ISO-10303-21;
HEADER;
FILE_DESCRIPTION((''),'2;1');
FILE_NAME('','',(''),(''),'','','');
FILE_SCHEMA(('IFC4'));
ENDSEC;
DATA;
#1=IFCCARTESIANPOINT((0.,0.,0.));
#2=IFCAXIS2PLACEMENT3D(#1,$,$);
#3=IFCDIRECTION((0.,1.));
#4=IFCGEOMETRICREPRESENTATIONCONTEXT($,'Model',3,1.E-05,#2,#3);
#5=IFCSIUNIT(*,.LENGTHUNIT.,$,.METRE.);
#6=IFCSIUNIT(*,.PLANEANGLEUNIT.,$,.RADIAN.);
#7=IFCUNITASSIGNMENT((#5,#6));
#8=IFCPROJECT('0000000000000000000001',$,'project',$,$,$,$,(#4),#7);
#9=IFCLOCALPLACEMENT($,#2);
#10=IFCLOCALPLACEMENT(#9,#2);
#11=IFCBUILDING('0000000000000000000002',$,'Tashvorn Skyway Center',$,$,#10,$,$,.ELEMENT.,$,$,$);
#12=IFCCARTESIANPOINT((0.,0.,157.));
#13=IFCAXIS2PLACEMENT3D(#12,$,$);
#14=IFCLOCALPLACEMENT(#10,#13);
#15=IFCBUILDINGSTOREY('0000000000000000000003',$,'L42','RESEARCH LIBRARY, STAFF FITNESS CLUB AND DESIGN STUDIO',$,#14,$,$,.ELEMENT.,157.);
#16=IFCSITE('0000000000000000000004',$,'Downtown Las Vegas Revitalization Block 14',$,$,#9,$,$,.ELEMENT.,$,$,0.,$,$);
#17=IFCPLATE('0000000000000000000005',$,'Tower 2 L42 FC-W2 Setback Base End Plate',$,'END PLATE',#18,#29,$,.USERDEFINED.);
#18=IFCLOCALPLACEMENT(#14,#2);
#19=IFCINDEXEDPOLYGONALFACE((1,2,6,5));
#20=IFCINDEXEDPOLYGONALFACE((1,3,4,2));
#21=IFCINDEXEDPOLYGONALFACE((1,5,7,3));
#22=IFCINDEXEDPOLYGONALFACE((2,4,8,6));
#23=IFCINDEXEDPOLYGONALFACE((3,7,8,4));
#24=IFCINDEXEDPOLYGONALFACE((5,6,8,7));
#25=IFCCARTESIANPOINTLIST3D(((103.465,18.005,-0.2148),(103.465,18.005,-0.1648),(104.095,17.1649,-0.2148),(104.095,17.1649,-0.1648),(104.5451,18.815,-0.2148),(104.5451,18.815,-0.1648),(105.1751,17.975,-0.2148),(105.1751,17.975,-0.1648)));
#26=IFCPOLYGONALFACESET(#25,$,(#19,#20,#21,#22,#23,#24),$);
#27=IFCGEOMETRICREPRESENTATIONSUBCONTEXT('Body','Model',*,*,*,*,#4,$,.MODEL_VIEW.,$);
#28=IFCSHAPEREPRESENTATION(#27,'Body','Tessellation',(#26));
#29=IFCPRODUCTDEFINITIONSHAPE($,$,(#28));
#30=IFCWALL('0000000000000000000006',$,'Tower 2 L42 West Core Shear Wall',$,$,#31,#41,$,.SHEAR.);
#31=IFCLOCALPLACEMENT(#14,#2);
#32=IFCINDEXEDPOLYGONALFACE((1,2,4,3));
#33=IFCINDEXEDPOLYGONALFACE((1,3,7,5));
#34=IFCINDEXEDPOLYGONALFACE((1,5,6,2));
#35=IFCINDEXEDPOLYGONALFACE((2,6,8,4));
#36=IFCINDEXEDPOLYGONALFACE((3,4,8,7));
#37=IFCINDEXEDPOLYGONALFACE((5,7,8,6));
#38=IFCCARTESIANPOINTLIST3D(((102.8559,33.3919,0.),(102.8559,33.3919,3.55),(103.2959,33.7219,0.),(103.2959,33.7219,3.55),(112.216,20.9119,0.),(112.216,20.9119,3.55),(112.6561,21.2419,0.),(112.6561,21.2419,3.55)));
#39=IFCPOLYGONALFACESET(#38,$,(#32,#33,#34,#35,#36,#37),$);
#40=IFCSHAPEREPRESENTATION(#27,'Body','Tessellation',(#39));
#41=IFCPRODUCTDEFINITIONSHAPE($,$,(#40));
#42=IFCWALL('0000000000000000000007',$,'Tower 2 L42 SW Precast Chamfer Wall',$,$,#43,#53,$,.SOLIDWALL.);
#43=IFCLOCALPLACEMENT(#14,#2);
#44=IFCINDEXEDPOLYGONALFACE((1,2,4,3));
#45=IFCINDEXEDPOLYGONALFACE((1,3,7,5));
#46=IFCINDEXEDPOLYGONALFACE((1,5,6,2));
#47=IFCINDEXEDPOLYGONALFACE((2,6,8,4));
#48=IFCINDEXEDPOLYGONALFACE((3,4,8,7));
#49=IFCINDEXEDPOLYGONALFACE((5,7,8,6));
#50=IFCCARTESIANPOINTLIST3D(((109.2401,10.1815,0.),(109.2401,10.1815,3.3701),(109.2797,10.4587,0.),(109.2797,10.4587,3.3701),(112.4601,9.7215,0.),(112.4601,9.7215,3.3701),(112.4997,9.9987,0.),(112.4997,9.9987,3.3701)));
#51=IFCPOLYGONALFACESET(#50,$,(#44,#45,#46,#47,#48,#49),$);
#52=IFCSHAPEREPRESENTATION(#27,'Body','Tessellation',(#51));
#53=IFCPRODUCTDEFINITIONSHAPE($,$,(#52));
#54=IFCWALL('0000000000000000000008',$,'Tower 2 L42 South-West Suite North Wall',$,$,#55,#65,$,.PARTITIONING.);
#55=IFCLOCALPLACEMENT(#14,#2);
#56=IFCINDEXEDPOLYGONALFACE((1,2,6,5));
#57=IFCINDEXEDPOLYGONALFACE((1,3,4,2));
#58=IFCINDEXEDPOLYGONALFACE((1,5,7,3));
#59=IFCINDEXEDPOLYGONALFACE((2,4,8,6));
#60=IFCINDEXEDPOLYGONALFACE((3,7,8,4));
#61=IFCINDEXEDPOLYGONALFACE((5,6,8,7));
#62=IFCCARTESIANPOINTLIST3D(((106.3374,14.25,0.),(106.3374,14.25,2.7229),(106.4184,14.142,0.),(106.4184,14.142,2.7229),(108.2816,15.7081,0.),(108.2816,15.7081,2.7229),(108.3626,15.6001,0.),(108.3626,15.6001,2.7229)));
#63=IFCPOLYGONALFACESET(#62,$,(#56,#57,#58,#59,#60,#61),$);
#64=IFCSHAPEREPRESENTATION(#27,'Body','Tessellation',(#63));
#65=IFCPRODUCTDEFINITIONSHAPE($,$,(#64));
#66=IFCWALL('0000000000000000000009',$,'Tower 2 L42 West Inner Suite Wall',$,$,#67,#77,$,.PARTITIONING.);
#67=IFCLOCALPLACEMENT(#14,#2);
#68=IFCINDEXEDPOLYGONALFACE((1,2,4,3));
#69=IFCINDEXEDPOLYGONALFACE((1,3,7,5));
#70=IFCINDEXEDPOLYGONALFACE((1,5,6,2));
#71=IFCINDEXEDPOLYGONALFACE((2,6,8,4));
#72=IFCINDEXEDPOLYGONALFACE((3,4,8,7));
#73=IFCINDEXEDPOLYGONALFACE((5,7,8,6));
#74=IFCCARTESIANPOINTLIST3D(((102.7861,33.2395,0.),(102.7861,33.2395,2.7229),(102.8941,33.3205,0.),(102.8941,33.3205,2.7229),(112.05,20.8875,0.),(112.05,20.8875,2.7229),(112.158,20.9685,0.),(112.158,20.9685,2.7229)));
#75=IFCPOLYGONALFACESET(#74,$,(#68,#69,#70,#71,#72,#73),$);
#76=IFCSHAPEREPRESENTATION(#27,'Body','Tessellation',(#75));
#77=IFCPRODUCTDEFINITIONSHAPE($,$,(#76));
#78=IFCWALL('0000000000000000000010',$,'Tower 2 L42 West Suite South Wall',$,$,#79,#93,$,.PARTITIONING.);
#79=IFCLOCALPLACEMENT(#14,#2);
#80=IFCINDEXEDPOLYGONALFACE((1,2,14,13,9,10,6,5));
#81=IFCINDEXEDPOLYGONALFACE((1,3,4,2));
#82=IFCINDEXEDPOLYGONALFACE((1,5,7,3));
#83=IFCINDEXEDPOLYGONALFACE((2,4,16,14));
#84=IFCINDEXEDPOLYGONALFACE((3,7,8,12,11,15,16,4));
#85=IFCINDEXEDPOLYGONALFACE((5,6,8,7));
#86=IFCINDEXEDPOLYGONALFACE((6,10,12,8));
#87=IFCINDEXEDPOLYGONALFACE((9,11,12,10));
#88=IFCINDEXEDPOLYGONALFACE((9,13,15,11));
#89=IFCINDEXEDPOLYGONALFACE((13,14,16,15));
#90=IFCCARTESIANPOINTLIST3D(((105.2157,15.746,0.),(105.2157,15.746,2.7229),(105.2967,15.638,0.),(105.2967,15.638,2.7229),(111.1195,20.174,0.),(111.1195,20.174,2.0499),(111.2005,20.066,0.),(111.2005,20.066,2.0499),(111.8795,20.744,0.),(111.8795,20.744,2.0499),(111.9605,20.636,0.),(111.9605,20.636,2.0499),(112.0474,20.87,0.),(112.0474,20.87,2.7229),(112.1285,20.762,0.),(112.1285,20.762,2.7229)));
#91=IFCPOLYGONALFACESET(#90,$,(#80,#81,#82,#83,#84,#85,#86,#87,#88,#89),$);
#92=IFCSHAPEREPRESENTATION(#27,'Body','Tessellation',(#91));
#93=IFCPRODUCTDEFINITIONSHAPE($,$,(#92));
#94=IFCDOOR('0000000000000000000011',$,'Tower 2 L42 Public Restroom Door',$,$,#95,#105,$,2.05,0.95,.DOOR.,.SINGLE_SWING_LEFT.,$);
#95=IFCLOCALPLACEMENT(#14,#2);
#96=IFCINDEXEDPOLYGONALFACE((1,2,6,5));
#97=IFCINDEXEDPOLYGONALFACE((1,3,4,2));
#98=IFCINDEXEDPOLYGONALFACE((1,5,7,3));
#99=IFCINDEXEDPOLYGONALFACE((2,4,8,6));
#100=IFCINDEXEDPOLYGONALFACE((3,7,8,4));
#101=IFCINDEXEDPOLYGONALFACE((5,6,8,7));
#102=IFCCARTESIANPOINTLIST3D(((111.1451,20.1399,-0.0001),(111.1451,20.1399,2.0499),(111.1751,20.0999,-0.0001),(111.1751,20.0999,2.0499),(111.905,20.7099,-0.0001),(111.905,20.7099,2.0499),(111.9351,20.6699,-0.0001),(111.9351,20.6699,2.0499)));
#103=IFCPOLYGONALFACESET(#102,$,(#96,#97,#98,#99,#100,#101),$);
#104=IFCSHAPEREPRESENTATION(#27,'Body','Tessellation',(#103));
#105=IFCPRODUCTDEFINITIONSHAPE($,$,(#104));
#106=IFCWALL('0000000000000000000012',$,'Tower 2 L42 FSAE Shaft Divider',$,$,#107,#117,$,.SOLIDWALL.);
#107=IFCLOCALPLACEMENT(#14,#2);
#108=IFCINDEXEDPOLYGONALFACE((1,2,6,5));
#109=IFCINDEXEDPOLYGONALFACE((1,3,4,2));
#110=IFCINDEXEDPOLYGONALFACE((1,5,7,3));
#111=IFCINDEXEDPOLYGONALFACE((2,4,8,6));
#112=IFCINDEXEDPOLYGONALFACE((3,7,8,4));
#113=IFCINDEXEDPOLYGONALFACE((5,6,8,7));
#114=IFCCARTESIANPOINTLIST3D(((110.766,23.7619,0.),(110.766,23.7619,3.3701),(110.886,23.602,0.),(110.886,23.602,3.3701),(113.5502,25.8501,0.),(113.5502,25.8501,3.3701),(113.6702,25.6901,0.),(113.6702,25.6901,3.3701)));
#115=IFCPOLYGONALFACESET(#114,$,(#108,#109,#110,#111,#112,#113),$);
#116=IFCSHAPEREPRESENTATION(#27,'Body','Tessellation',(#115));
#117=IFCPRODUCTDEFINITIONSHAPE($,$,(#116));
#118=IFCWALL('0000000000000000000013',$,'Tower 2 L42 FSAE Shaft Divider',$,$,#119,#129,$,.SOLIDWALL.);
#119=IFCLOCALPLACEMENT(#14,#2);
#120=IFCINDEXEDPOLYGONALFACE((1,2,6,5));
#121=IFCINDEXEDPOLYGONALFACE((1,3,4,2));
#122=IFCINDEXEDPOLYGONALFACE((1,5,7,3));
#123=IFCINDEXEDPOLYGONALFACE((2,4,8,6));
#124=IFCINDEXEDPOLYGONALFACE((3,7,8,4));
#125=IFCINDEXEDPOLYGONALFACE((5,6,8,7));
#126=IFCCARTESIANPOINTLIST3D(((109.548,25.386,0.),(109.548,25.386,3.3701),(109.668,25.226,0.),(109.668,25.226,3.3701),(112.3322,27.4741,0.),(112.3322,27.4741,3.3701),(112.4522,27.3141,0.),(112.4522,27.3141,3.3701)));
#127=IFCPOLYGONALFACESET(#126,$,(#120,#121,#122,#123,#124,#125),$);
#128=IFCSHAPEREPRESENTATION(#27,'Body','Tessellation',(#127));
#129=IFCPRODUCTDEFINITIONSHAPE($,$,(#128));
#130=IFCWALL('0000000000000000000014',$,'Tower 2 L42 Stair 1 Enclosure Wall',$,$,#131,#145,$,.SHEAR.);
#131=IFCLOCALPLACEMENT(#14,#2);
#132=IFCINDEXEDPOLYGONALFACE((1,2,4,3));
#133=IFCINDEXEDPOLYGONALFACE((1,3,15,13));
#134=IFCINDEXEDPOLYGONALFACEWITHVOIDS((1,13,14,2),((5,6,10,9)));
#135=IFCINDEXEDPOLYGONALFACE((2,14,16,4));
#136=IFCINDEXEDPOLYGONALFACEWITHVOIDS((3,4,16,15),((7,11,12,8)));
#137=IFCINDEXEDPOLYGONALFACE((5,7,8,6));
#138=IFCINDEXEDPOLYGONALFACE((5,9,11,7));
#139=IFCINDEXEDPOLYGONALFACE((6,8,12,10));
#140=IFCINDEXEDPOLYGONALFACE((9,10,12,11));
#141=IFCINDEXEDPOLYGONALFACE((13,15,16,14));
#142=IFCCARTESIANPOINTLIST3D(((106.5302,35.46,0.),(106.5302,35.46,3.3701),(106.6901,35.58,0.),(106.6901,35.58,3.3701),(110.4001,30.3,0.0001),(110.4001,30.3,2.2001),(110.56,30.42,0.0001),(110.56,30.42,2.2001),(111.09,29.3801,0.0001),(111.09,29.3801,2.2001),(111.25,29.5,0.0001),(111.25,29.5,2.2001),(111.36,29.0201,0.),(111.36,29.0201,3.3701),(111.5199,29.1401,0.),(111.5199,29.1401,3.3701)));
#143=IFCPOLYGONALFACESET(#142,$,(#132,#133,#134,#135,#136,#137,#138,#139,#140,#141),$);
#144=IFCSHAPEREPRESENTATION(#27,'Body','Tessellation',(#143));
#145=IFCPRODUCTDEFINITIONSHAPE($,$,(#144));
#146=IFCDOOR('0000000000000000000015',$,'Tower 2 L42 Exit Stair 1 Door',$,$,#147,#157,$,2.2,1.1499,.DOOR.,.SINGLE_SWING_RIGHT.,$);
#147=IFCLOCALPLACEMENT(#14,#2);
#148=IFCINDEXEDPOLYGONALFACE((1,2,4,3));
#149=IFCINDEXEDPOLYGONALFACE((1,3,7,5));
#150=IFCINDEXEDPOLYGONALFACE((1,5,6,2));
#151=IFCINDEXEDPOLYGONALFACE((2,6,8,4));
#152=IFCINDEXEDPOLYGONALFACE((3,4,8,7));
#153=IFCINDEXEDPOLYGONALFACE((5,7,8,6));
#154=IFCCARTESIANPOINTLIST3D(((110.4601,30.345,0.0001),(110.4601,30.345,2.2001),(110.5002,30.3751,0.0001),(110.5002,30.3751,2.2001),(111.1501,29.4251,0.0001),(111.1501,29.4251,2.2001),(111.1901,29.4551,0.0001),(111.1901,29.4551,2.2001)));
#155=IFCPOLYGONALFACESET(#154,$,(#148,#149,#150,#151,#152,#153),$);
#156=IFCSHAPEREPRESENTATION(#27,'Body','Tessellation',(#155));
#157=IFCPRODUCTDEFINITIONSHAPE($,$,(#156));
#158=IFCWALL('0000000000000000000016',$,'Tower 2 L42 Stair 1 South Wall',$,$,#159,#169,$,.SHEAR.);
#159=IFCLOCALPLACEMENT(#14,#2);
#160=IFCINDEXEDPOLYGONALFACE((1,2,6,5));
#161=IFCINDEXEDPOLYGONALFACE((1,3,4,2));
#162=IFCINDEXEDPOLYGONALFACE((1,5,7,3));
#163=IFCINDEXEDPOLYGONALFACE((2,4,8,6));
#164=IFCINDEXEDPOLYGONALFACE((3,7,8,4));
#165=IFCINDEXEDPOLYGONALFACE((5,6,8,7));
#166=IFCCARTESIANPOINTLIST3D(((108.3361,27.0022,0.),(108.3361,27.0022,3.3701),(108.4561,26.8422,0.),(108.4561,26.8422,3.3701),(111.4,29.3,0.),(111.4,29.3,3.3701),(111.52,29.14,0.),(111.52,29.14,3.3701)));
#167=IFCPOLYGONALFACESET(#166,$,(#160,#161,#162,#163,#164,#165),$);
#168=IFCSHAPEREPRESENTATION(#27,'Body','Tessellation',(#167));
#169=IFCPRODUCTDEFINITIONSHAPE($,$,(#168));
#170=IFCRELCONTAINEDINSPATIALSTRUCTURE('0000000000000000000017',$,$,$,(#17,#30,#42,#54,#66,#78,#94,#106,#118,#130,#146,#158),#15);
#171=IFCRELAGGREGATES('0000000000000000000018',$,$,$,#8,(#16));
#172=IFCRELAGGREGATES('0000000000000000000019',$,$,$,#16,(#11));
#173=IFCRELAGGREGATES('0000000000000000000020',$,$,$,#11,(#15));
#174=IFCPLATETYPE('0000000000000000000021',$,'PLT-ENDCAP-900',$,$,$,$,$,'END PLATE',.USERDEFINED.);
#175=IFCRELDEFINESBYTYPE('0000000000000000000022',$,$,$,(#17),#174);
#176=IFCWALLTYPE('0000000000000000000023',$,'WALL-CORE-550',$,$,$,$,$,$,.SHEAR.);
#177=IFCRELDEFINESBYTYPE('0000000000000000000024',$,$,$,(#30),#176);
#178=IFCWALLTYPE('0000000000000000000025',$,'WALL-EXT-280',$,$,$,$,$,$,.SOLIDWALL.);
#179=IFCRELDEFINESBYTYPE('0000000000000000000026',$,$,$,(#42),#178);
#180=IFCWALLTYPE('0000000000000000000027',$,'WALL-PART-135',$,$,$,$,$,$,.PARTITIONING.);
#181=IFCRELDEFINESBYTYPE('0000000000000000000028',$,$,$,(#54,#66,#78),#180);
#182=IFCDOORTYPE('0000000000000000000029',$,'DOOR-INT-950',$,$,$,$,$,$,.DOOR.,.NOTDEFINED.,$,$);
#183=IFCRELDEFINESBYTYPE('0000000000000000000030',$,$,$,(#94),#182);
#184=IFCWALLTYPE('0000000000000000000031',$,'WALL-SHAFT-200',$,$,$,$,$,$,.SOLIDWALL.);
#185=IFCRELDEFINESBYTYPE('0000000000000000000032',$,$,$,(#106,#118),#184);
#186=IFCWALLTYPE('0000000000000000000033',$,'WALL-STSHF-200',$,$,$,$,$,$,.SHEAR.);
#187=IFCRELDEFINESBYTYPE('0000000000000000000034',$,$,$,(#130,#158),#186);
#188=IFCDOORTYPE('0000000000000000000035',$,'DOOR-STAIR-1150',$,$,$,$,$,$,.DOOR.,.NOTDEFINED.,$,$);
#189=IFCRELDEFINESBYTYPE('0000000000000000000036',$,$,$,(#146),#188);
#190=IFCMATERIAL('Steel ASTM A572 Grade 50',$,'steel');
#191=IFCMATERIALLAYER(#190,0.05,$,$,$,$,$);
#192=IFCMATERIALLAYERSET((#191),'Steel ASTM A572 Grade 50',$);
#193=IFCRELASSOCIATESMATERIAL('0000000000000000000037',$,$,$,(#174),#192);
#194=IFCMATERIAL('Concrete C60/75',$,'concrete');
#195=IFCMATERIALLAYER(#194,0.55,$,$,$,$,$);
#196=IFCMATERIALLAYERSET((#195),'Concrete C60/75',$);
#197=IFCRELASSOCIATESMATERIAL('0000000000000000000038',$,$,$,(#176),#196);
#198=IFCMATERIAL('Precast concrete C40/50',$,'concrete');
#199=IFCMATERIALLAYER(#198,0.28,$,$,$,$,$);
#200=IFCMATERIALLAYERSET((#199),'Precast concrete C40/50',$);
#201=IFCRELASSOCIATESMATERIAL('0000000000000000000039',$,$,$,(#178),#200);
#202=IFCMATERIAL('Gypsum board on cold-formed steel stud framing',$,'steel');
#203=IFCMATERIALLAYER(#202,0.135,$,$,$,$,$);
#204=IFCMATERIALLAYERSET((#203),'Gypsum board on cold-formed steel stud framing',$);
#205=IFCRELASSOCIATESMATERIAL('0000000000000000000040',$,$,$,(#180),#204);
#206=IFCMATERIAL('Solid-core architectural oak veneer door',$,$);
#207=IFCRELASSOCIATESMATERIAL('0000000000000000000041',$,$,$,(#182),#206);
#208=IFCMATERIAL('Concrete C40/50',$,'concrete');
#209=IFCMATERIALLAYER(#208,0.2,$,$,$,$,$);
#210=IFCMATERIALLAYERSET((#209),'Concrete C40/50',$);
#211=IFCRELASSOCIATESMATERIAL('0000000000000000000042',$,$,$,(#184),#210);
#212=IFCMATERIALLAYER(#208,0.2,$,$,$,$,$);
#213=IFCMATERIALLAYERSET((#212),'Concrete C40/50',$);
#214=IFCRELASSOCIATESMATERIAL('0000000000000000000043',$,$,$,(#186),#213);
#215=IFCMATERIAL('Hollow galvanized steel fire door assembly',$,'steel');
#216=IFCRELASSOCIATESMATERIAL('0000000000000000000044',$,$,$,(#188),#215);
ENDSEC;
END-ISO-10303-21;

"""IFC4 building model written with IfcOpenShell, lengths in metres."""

from ifc_helpers import new_model, si_unit, direction, frame, frame_2d, origin, origin_2d, place, context, subcontext, project, spatial, rectangle, extrude, material, layer, layer_set, type_object, element, fill, save


model = new_model("IFC4")

# Units and contexts
model_context = context("Model", 3, precision=1e-05, world=origin(), true_north=direction((0.0, 1.0)))
body_context = subcontext(model_context, "Body", "Model", "MODEL_VIEW")
ifc_project = project(units=[si_unit("LENGTHUNIT", "METRE"), si_unit("PLANEANGLEUNIT", "RADIAN")], contexts=[model_context])

# Site, building, storey
site_placement = place(None, origin())
site = spatial("IfcSite", under=ifc_project, at=site_placement, Name="Downtown Las Vegas Revitalization Block 14", CompositionType="ELEMENT", RefElevation=0.0)
building_placement = place(site_placement, origin())
building = spatial("IfcBuilding", under=site, at=building_placement, Name="Tashvorn Skyway Center", CompositionType="ELEMENT")
storey_placement = place(building_placement, frame((0.0, 0.0, 157.0)))
storey = spatial("IfcBuildingStorey", under=building, at=storey_placement, Name="L42", Description="RESEARCH LIBRARY, STAFF FITNESS CLUB AND DESIGN STUDIO", CompositionType="ELEMENT", Elevation=157.0)

# Shared definitions
ifc_material_1 = material(Name="Steel ASTM A572 Grade 50", Category="steel")

# Shared definitions
ifc_material_2 = material(Name="Concrete C60/75", Category="concrete")

# Plate
ifc_layer_1 = layer(ifc_material_1, 0.05)
ifc_layer_set_1 = layer_set([ifc_layer_1], Name="Steel ASTM A572 Grade 50")
plate_type_1 = type_object("IfcPlateType", Name="PLT-ENDCAP-900", ElementType="END PLATE", PredefinedType="USERDEFINED", material=ifc_layer_set_1)
plate_1_placement = place(storey_placement, frame((104.3201, 17.99, -0.2148), z_axis=(0.0, 0.0, 1.0), x_axis=(0.8, 0.6, 0.0)))
element("IfcPlate", 1, at=plate_1_placement, inside=storey, type_object=plate_type_1, Name="Tower 2 L42 FC-W2 Setback Base End Plate", ObjectType="END PLATE", PredefinedType="USERDEFINED", context=body_context, shape_type="SweptSolid", body=[
    extrude(rectangle(XDim=1.3501, YDim=1.05, at=origin_2d()), origin(), (0.0, 0.0, 1.0), 0.05),
])

# Walls
ifc_layer_2 = layer(ifc_material_2, 0.55)
ifc_layer_set_2 = layer_set([ifc_layer_2], Name="Concrete C60/75")
wall_type_1 = type_object("IfcWallType", Name="WALL-CORE-550", PredefinedType="SHEAR", material=ifc_layer_set_2)
wall_1_placement = place(storey_placement, frame((112.436, 21.0769, 0.0), z_axis=(0.0, 0.0, 1.0), x_axis=(-0.600005, 0.799996, 0.0)))
element("IfcWall", 2, at=wall_1_placement, inside=storey, type_object=wall_type_1, Name="Tower 2 L42 West Core Shear Wall", PredefinedType="SHEAR", context=body_context, shape_type="SweptSolid", body=[
    extrude(rectangle(XDim=15.6001, YDim=0.55, at=frame_2d((7.8, 0.0))), origin(), (0.0, 0.0, 1.0), 3.55),
])
ifc_material_3 = material(Name="Precast concrete C40/50", Category="concrete")
ifc_layer_3 = layer(ifc_material_3, 0.28)
ifc_layer_set_3 = layer_set([ifc_layer_3], Name="Precast concrete C40/50")
wall_type_2 = type_object("IfcWallType", Name="WALL-EXT-280", PredefinedType="SOLIDWALL", material=ifc_layer_set_3)
wall_2_placement = place(storey_placement, frame((112.48, 9.8601, 0.0), z_axis=(0.0, 0.0, 1.0), x_axis=(-0.989951, 0.141411, 0.0)))
element("IfcWall", 3, at=wall_2_placement, inside=storey, type_object=wall_type_2, Name="Tower 2 L42 SW Precast Chamfer Wall", PredefinedType="SOLIDWALL", context=body_context, shape_type="SweptSolid", body=[
    extrude(rectangle(XDim=3.2527, YDim=0.28, at=frame_2d((1.6265, 0.0))), origin(), (0.0, 0.0, 1.0), 3.3701),
])
ifc_material_4 = material(Name="Gypsum board on cold-formed steel stud framing", Category="steel")
ifc_layer_4 = layer(ifc_material_4, 0.135)
ifc_layer_set_4 = layer_set([ifc_layer_4], Name="Gypsum board on cold-formed steel stud framing")
wall_type_3 = type_object("IfcWallType", Name="WALL-PART-135", PredefinedType="PARTITIONING", material=ifc_layer_set_4)
wall_3_placement = place(storey_placement, frame((106.3779, 14.196, 0.0), z_axis=(0.0, 0.0, 1.0), x_axis=(0.800012, 0.599984, 0.0)))
element("IfcWall", 4, at=wall_3_placement, inside=storey, type_object=wall_type_3, Name="Tower 2 L42 South-West Suite North Wall", PredefinedType="PARTITIONING", context=body_context, shape_type="SweptSolid", body=[
    extrude(rectangle(XDim=2.4302, YDim=0.135, at=frame_2d((1.2151, 0.0))), origin(), (0.0, 0.0, 1.0), 2.7229),
])
wall_4_placement = place(storey_placement, frame((112.104, 20.928, 0.0), z_axis=(0.0, 0.0, 1.0), x_axis=(-0.599995, 0.800004, 0.0)))
element("IfcWall", 5, at=wall_4_placement, inside=storey, type_object=wall_type_3, Name="Tower 2 L42 West Inner Suite Wall", PredefinedType="PARTITIONING", context=body_context, shape_type="SweptSolid", body=[
    extrude(rectangle(XDim=15.4399, YDim=0.135, at=frame_2d((7.72, 0.0))), origin(), (0.0, 0.0, 1.0), 2.7229),
])

# Wall, opening, door
wall_5_placement = place(storey_placement, frame((105.2561, 15.6919, 0.0), z_axis=(0.0, 0.0, 1.0), x_axis=(0.79999, 0.600014, 0.0)))
wall_5 = element("IfcWall", 6, at=wall_5_placement, inside=storey, type_object=wall_type_3, Name="Tower 2 L42 West Suite South Wall", PredefinedType="PARTITIONING", context=body_context, shape_type="SweptSolid", body=[
    extrude(rectangle(XDim=8.5398, YDim=0.135, at=frame_2d((4.27, 0.0))), origin(), (0.0, 0.0, 1.0), 2.7229),
])
opening_1_placement = place(wall_5_placement, frame((7.3799, 0.0, 0.0)))
opening_1 = element("IfcOpeningElement", 7, at=opening_1_placement, cuts=wall_5, PredefinedType="OPENING", context=body_context, shape_type="SweptSolid", body=[
    extrude(rectangle(XDim=0.95, YDim=2.05, at=frame_2d((0.4751, 1.0249))), frame((0.0, 0.0774, 0.0), z_axis=(0.0, -1.0, 0.0), x_axis=(1.0, 0.0, 0.0)), (0.0, 0.0, 1.0), 0.155),
])
ifc_material_5 = material(Name="Solid-core architectural oak veneer door")
door_type_1 = type_object("IfcDoorType", Name="DOOR-INT-950", OperationType="NOTDEFINED", PredefinedType="DOOR", material=ifc_material_5)
door_1_placement = place(opening_1_placement, origin())
door_1 = element("IfcDoor", 8, at=door_1_placement, inside=storey, type_object=door_type_1, Name="Tower 2 L42 Public Restroom Door", OperationType="SINGLE_SWING_LEFT", OverallHeight=2.05, OverallWidth=0.95, PredefinedType="DOOR", context=body_context, shape_type="SweptSolid", body=[
    extrude(rectangle(XDim=0.95, YDim=2.05, at=frame_2d((0.4751, 1.0249))), frame((0.0, 0.0249, 0.0), z_axis=(0.0, -1.0, 0.0), x_axis=(1.0, 0.0, 0.0)), (0.0, 0.0, 1.0), 0.05),
])
fill(opening_1, door_1)

# Walls
ifc_material_6 = material(Name="Concrete C40/50", Category="concrete")
ifc_layer_5 = layer(ifc_material_6, 0.2)
ifc_layer_set_5 = layer_set([ifc_layer_5], Name="Concrete C40/50")
wall_type_4 = type_object("IfcWallType", Name="WALL-SHAFT-200", PredefinedType="SOLIDWALL", material=ifc_layer_set_5)
for number, where, z_axis, x_axis, name in (
    (9, (110.8259, 23.6819, 0.0), (0.0, 0.0, 1.0), (0.8, 0.6, 0.0), "Tower 2 L42 FSAE Shaft Divider"),
    (10, (109.6079, 25.3059, 0.0), (0.0, 0.0, 1.0), (0.8, 0.6, 0.0), "Tower 2 L42 FSAE Shaft Divider"),
):
    element("IfcWall", number, at=place(storey_placement, frame(where, z_axis=z_axis, x_axis=x_axis)), inside=storey, type_object=wall_type_4, Name=name, PredefinedType="SOLIDWALL", context=body_context, shape_type="SweptSolid", body=[
        extrude(rectangle(XDim=3.4802, YDim=0.2, at=frame_2d((1.7402, 0.0))), origin(), (0.0, 0.0, 1.0), 3.3701),
    ])

# Wall, opening, door
ifc_layer_6 = layer(ifc_material_6, 0.2)
ifc_layer_set_6 = layer_set([ifc_layer_6], Name="Concrete C40/50")
wall_type_5 = type_object("IfcWallType", Name="WALL-STSHF-200", PredefinedType="SHEAR", material=ifc_layer_set_6)
wall_6_placement = place(storey_placement, frame((111.4399, 29.0801, 0.0), z_axis=(0.0, 0.0, 1.0), x_axis=(-0.59999, 0.800007, 0.0)))
wall_6 = element("IfcWall", 11, at=wall_6_placement, inside=storey, type_object=wall_type_5, Name="Tower 2 L42 Stair 1 Enclosure Wall", PredefinedType="SHEAR", context=body_context, shape_type="SweptSolid", body=[
    extrude(rectangle(XDim=8.0498, YDim=0.2, at=frame_2d((4.0249, 0.0))), origin(), (0.0, 0.0, 1.0), 3.3701),
])
opening_2_placement = place(wall_6_placement, frame((0.45, 0.0, 0.0)))
opening_2 = element("IfcOpeningElement", 12, at=opening_2_placement, cuts=wall_6, PredefinedType="OPENING", context=body_context, shape_type="SweptSolid", body=[
    extrude(rectangle(XDim=1.1499, YDim=2.2, at=frame_2d((0.575, 1.1001))), frame((0.0, 0.1099, 0.0), z_axis=(0.0, -1.0, 0.0), x_axis=(1.0, 0.0, 0.0)), (0.0, 0.0, 1.0), 0.22),
])
ifc_material_7 = material(Name="Hollow galvanized steel fire door assembly", Category="steel")
door_type_2 = type_object("IfcDoorType", Name="DOOR-STAIR-1150", OperationType="NOTDEFINED", PredefinedType="DOOR", material=ifc_material_7)
door_2_placement = place(opening_2_placement, origin())
door_2 = element("IfcDoor", 13, at=door_2_placement, inside=storey, type_object=door_type_2, Name="Tower 2 L42 Exit Stair 1 Door", OperationType="SINGLE_SWING_RIGHT", OverallHeight=2.2, OverallWidth=1.1499, PredefinedType="DOOR", context=body_context, shape_type="SweptSolid", body=[
    extrude(rectangle(XDim=1.1499, YDim=2.2, at=frame_2d((0.575, 1.1001))), frame((0.0, 0.0249, 0.0), z_axis=(0.0, -1.0, 0.0), x_axis=(1.0, 0.0, 0.0)), (0.0, 0.0, 1.0), 0.05),
])
fill(opening_2, door_2)

# Wall
wall_7_placement = place(storey_placement, frame((108.396, 26.9221, 0.0), z_axis=(0.0, 0.0, 1.0), x_axis=(0.800015, 0.59998, 0.0)))
element("IfcWall", 14, at=wall_7_placement, inside=storey, type_object=wall_type_5, Name="Tower 2 L42 Stair 1 South Wall", PredefinedType="SHEAR", context=body_context, shape_type="SweptSolid", body=[
    extrude(rectangle(XDim=3.8298, YDim=0.2, at=frame_2d((1.915, 0.0))), origin(), (0.0, 0.0, 1.0), 3.3701),
])

save(model, "model.ifc")
